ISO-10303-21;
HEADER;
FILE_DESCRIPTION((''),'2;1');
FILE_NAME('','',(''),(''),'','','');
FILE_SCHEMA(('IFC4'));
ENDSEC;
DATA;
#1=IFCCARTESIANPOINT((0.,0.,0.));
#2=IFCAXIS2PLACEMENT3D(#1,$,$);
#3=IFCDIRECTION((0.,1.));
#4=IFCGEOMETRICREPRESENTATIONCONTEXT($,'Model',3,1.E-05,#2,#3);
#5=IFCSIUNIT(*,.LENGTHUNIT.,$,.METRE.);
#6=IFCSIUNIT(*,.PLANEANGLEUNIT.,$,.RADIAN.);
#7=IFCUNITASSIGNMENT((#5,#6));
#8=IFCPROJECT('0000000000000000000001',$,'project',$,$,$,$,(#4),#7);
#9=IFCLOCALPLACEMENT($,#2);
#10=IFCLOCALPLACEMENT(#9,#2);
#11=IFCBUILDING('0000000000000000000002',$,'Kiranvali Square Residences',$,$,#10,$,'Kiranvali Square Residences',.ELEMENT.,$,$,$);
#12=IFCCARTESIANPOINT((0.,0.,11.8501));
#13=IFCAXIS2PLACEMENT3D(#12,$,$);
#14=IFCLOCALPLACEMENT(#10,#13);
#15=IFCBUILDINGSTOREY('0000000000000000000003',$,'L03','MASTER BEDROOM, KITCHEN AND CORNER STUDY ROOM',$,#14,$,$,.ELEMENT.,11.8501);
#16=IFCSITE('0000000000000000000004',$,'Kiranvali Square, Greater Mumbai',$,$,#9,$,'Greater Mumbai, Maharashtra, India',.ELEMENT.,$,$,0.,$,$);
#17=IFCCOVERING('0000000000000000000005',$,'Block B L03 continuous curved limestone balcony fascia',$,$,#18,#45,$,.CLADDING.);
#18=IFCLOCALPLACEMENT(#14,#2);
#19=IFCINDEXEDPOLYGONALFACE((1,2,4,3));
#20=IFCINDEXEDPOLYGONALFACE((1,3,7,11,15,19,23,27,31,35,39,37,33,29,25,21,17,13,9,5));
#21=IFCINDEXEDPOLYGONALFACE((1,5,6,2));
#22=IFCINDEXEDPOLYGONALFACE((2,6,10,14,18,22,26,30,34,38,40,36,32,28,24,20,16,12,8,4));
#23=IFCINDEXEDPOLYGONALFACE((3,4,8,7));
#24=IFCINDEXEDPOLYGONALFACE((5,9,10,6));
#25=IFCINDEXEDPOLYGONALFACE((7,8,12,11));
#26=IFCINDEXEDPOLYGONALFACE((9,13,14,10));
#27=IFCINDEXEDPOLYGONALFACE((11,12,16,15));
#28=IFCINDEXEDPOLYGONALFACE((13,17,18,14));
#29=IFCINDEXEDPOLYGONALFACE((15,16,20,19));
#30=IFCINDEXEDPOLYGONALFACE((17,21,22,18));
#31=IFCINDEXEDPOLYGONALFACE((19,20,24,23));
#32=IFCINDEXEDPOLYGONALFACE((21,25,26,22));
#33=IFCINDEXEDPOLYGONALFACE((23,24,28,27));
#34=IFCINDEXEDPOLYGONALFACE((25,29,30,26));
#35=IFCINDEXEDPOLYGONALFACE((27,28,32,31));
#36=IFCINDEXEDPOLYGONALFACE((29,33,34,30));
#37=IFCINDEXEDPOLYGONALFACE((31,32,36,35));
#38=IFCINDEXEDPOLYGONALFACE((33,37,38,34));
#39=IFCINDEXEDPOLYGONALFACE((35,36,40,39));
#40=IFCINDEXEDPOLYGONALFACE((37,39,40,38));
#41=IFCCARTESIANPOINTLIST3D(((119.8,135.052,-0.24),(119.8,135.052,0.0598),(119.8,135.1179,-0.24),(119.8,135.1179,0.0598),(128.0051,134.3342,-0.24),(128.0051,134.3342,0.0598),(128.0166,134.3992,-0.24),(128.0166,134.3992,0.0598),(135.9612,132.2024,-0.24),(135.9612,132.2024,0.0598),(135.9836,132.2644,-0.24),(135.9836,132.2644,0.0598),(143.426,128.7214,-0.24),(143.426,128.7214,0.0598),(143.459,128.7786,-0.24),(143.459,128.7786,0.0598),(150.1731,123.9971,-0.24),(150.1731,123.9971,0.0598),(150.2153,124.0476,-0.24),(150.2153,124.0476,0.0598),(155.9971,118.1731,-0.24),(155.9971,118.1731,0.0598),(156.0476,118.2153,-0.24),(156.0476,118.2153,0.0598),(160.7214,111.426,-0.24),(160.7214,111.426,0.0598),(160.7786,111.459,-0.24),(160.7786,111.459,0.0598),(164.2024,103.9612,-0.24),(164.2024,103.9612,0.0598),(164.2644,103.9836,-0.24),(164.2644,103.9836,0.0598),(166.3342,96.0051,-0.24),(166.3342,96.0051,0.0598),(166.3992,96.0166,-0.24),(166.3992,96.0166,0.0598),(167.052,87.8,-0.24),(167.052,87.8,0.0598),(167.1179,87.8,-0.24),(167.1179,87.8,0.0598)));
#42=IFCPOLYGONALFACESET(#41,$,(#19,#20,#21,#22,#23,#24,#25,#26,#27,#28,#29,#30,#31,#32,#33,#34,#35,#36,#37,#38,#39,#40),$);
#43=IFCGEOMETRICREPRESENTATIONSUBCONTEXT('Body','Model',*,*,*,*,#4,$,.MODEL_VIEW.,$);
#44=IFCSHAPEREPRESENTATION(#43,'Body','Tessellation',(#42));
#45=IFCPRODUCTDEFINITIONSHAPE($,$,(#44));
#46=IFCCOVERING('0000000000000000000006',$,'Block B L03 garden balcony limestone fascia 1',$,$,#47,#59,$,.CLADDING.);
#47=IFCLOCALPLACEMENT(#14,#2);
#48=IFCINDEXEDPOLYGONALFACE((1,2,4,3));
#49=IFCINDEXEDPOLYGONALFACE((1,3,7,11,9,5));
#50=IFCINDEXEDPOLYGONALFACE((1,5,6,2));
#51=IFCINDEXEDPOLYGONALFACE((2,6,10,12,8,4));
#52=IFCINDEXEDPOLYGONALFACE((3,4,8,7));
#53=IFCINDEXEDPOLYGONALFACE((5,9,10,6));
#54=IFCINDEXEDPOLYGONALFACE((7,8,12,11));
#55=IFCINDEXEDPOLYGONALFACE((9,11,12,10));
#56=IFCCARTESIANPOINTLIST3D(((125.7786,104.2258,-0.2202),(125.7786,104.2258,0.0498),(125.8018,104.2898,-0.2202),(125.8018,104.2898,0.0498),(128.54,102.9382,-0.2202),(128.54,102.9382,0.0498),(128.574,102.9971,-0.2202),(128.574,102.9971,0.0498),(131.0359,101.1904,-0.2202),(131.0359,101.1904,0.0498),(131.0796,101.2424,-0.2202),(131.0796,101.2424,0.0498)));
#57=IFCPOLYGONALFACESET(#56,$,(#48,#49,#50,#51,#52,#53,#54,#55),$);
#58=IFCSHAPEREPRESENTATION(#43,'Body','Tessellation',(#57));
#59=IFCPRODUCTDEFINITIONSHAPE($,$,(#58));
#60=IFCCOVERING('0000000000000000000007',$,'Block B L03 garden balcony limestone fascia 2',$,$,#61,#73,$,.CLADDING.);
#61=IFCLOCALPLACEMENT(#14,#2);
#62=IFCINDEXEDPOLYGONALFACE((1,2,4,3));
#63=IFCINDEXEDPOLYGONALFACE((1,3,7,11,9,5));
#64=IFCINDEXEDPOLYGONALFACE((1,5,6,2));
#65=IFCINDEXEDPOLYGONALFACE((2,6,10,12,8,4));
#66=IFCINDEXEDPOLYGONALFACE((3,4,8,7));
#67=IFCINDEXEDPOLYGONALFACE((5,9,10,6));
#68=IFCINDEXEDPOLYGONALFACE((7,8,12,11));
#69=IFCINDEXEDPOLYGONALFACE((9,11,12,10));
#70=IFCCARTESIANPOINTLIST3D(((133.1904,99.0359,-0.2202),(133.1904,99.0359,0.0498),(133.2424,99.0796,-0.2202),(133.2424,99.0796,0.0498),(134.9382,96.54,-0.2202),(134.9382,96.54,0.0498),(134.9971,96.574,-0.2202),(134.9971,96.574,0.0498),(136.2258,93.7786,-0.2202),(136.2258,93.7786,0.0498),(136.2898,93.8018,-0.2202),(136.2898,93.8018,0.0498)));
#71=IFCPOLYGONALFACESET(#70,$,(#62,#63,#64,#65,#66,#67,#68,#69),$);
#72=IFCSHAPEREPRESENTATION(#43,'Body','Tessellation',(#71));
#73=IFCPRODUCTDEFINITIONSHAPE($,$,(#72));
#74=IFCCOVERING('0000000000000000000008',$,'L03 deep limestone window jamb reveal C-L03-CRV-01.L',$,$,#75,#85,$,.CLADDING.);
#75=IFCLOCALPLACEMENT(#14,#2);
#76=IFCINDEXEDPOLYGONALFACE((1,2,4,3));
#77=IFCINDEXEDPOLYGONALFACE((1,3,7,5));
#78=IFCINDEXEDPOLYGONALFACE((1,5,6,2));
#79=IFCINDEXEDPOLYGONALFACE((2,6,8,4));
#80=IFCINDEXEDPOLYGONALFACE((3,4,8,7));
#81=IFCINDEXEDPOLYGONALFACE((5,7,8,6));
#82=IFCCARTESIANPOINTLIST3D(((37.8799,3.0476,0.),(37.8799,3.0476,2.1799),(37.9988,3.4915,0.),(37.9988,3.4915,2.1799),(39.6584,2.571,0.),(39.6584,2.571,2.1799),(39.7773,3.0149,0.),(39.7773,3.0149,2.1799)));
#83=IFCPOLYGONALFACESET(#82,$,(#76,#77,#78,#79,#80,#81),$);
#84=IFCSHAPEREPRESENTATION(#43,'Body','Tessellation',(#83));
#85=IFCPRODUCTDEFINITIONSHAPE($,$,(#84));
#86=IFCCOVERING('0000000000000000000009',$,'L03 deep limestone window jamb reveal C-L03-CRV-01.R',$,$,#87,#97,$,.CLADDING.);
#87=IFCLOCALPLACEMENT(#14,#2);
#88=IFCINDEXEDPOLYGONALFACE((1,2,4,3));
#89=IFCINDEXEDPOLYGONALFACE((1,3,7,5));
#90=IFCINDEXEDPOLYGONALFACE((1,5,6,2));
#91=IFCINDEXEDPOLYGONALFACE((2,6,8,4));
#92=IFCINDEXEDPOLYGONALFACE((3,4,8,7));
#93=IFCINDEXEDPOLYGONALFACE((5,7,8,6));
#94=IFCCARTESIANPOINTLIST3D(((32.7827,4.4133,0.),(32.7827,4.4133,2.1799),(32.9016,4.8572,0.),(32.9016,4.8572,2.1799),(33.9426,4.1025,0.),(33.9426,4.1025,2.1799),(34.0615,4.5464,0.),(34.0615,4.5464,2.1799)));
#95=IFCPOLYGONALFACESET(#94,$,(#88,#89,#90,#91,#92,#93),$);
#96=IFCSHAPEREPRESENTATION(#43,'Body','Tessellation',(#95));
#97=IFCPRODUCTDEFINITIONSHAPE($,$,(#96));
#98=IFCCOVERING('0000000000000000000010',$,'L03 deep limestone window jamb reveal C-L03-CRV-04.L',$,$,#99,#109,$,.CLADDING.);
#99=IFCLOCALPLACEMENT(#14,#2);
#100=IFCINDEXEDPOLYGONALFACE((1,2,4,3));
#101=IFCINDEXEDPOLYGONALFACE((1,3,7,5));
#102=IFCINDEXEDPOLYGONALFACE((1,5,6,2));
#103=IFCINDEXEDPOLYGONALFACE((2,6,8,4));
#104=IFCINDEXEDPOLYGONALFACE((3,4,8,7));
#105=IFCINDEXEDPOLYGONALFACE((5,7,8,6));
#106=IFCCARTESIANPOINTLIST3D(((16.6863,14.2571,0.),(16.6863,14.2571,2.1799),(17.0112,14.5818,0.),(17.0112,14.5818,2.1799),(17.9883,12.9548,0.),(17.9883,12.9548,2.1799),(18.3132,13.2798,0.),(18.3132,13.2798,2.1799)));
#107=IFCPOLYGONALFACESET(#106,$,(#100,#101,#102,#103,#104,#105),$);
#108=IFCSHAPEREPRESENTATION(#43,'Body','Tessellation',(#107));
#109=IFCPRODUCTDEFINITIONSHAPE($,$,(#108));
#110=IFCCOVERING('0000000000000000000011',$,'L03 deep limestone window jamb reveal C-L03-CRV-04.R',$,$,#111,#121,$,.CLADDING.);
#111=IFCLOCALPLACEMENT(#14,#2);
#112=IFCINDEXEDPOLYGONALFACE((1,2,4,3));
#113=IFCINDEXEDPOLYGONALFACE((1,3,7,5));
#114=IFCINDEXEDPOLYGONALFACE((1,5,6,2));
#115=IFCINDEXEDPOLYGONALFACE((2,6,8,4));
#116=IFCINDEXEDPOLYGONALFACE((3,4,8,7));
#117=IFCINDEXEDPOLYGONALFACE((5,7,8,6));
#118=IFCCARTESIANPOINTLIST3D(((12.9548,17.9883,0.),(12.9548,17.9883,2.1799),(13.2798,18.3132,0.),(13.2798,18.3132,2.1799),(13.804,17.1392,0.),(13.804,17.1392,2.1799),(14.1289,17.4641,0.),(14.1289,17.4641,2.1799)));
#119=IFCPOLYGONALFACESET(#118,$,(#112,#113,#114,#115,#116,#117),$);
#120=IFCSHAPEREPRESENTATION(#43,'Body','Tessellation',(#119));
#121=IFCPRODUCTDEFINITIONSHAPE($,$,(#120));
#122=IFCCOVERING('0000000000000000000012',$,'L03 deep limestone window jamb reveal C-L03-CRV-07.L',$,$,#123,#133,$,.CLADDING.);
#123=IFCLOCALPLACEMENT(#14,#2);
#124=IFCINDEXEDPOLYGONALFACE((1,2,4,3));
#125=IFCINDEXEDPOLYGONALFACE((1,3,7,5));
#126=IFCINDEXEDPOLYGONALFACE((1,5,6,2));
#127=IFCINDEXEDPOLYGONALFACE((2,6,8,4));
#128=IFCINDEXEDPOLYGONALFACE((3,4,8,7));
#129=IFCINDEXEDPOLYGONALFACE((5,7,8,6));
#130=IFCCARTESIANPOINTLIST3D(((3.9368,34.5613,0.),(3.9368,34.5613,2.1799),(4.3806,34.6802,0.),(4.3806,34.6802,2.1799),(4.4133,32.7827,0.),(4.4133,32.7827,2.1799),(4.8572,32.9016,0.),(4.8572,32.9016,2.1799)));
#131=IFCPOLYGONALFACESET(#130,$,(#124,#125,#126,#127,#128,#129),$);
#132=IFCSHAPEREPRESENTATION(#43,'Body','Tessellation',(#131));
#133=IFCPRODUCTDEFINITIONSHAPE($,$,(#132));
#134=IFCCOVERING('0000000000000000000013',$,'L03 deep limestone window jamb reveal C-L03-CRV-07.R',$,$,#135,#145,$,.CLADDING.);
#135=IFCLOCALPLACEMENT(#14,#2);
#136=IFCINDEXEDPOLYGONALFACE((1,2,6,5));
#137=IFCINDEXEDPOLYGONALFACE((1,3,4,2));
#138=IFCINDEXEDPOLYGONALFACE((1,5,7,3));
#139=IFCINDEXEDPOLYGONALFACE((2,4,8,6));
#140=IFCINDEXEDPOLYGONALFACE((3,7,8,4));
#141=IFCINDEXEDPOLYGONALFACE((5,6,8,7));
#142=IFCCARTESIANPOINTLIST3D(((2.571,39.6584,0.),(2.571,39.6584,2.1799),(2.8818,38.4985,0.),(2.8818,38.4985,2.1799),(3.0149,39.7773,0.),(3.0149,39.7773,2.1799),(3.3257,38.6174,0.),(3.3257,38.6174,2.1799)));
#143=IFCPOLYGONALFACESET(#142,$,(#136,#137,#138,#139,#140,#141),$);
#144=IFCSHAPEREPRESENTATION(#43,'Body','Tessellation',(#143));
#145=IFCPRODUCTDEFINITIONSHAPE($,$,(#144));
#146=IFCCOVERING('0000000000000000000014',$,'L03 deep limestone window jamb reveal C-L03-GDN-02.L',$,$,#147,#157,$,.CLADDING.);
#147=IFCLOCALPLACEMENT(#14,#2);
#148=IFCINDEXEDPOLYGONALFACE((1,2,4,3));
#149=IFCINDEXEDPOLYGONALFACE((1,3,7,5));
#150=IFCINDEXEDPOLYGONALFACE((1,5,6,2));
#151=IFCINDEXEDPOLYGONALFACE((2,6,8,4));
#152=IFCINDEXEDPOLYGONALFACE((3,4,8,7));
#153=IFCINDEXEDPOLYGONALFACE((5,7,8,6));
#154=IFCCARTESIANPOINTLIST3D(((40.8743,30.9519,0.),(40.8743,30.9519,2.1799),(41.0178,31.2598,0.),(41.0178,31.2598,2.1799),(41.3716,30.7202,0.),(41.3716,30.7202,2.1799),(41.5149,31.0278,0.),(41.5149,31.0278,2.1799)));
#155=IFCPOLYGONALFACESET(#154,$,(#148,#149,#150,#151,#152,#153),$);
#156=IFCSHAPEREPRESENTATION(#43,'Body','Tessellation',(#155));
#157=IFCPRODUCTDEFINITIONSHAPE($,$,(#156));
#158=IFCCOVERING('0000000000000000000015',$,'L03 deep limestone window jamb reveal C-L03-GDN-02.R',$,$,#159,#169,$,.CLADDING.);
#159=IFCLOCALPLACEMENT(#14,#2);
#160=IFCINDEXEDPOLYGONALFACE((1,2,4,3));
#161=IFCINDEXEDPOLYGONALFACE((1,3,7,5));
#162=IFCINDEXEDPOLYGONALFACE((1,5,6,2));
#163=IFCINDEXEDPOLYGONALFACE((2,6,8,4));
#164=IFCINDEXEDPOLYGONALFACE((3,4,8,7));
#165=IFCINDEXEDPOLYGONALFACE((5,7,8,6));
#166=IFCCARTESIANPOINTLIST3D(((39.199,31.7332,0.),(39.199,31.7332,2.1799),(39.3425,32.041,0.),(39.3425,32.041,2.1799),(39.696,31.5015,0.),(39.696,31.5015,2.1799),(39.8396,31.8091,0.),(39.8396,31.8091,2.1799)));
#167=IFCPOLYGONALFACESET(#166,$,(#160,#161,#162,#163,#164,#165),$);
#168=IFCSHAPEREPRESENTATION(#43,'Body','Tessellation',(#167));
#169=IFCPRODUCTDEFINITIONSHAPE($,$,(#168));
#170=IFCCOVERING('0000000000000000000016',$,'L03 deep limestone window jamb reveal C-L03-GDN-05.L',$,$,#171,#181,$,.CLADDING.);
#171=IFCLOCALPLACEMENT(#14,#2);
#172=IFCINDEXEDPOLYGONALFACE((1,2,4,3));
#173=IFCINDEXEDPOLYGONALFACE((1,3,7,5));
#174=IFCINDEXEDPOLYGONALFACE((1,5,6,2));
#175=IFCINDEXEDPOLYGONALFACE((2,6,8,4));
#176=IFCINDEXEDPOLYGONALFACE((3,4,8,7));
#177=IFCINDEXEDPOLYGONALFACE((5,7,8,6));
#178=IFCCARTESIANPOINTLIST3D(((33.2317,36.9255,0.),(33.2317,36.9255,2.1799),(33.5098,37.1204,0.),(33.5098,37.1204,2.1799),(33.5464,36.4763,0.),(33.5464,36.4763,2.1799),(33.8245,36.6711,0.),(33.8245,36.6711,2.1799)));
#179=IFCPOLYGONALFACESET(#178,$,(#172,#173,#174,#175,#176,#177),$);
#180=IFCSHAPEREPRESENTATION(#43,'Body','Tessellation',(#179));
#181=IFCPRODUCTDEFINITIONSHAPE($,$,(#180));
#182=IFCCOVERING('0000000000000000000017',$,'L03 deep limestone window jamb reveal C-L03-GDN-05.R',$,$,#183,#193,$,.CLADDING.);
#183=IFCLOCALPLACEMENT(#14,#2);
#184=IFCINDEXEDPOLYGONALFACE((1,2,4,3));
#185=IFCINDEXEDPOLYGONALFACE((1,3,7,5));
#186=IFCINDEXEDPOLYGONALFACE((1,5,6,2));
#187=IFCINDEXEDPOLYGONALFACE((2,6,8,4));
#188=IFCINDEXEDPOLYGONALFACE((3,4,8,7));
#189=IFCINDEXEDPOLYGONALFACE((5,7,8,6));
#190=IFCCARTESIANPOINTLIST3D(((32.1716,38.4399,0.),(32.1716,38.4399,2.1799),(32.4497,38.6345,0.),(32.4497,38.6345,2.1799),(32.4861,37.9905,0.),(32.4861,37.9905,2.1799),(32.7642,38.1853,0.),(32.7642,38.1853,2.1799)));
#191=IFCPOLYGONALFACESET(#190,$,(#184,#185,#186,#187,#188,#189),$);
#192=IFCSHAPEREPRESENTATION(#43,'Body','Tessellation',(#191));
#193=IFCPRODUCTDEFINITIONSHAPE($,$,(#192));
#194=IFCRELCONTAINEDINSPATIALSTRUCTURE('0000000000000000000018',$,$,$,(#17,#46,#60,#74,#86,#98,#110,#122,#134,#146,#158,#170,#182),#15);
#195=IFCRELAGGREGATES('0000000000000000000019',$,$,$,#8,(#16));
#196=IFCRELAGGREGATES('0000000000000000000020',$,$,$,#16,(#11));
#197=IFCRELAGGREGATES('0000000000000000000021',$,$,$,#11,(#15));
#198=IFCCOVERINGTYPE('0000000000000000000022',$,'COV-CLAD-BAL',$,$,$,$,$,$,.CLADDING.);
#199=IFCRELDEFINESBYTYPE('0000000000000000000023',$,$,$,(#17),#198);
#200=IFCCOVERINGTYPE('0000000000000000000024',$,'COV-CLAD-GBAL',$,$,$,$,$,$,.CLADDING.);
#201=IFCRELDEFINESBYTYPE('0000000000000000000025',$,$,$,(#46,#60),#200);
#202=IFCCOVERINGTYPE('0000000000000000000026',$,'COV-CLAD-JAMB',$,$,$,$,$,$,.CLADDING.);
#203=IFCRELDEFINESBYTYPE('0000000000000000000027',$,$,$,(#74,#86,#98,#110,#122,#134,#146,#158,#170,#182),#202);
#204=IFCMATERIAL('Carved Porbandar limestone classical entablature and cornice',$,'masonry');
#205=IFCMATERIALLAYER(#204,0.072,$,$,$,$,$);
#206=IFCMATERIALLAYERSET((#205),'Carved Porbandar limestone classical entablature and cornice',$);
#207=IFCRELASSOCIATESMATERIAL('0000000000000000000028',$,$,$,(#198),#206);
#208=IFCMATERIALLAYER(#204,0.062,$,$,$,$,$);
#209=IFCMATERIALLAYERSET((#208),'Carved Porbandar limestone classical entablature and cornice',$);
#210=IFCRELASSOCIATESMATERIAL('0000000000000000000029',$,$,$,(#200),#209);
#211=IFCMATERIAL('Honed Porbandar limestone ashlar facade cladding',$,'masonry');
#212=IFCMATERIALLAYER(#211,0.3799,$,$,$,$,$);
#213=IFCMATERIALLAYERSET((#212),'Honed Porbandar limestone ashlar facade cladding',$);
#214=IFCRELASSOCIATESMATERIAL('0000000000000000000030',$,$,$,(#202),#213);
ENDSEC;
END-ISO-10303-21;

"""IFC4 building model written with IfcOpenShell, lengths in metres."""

from ifc_helpers import new_model, si_unit, direction, frame, origin, place, context, subcontext, project, spatial, polyline, outline, extrude, material, layer, layer_set, type_object, element, save


model = new_model("IFC4")

# Units and contexts
model_context = context("Model", 3, precision=1e-05, world=origin(), true_north=direction((0.0, 1.0)))
body_context = subcontext(model_context, "Body", "Model", "MODEL_VIEW")
ifc_project = project(units=[si_unit("LENGTHUNIT", "METRE"), si_unit("PLANEANGLEUNIT", "RADIAN")], contexts=[model_context])

# Site, building, storey
site_placement = place(None, origin())
site = spatial("IfcSite", under=ifc_project, at=site_placement, Name="Kiranvali Square, Greater Mumbai", LongName="Greater Mumbai, Maharashtra, India", CompositionType="ELEMENT", RefElevation=0.0)
building_placement = place(site_placement, origin())
building = spatial("IfcBuilding", under=site, at=building_placement, Name="Kiranvali Square Residences", LongName="Kiranvali Square Residences", CompositionType="ELEMENT")
storey_placement = place(building_placement, frame((0.0, 0.0, 11.8501)))
storey = spatial("IfcBuildingStorey", under=building, at=storey_placement, Name="L03", Description="MASTER BEDROOM, KITCHEN AND CORNER STUDY ROOM", CompositionType="ELEMENT", Elevation=11.8501)

# Coverings
ifc_material_1 = material(Name="Carved Porbandar limestone classical entablature and cornice", Category="masonry")
ifc_layer_1 = layer(ifc_material_1, 0.072)
ifc_layer_set_1 = layer_set([ifc_layer_1], Name="Carved Porbandar limestone classical entablature and cornice")
covering_type_1 = type_object("IfcCoveringType", Name="COV-CLAD-BAL", PredefinedType="CLADDING", material=ifc_layer_set_1)
covering_1_placement = place(storey_placement, frame((0.0, 0.0, -0.24)))
element("IfcCovering", 1, at=covering_1_placement, inside=storey, type_object=covering_type_1, Name="Block B L03 continuous curved limestone balcony fascia", PredefinedType="CLADDING", context=body_context, shape_type="SweptSolid", body=[
    extrude(outline(polyline([(119.8, 135.052), (128.0051, 134.3342), (135.9612, 132.2024), (143.426, 128.7214), (150.1731, 123.9971), (155.9971, 118.1731), (160.7214, 111.426), (164.2024, 103.9612), (166.3342, 96.0051), (167.052, 87.8), (167.1179, 87.8), (166.3992, 96.0166), (164.2644, 103.9836), (160.7786, 111.459), (156.0476, 118.2153), (150.2153, 124.0476), (143.459, 128.7786), (135.9836, 132.2644), (128.0166, 134.3992), (119.8, 135.1179), (119.8, 135.052)])), origin(), (0.0, 0.0, 1.0), 0.2998),
])
ifc_layer_2 = layer(ifc_material_1, 0.062)
ifc_layer_set_2 = layer_set([ifc_layer_2], Name="Carved Porbandar limestone classical entablature and cornice")
covering_type_2 = type_object("IfcCoveringType", Name="COV-CLAD-GBAL", PredefinedType="CLADDING", material=ifc_layer_set_2)
covering_2_placement = place(storey_placement, frame((0.0, 0.0, -0.2202)))
element("IfcCovering", 2, at=covering_2_placement, inside=storey, type_object=covering_type_2, Name="Block B L03 garden balcony limestone fascia 1", PredefinedType="CLADDING", context=body_context, shape_type="SweptSolid", body=[
    extrude(outline(polyline([(125.7786, 104.2258), (128.54, 102.9382), (131.0359, 101.1904), (131.0796, 101.2424), (128.574, 102.9971), (125.8018, 104.2898), (125.7786, 104.2258)])), origin(), (0.0, 0.0, 1.0), 0.27),
])
covering_3_placement = place(storey_placement, frame((0.0, 0.0, -0.2202)))
element("IfcCovering", 3, at=covering_3_placement, inside=storey, type_object=covering_type_2, Name="Block B L03 garden balcony limestone fascia 2", PredefinedType="CLADDING", context=body_context, shape_type="SweptSolid", body=[
    extrude(outline(polyline([(133.1904, 99.0359), (134.9382, 96.54), (136.2258, 93.7786), (136.2898, 93.8018), (134.9971, 96.574), (133.2424, 99.0796), (133.1904, 99.0359)])), origin(), (0.0, 0.0, 1.0), 0.27),
])
ifc_material_2 = material(Name="Honed Porbandar limestone ashlar facade cladding", Category="masonry")
ifc_layer_3 = layer(ifc_material_2, 0.3799)
ifc_layer_set_3 = layer_set([ifc_layer_3], Name="Honed Porbandar limestone ashlar facade cladding")
covering_type_3 = type_object("IfcCoveringType", Name="COV-CLAD-JAMB", PredefinedType="CLADDING", material=ifc_layer_set_3)
covering_4_placement = place(storey_placement, origin())
element("IfcCovering", 4, at=covering_4_placement, inside=storey, type_object=covering_type_3, Name="L03 deep limestone window jamb reveal C-L03-CRV-01.L", PredefinedType="CLADDING", context=body_context, shape_type="SweptSolid", body=[
    extrude(outline(polyline([(39.7773, 3.0149), (37.9988, 3.4915), (37.8799, 3.0476), (39.6584, 2.571), (39.7773, 3.0149)])), origin(), (0.0, 0.0, 1.0), 2.1799),
])
covering_5_placement = place(storey_placement, origin())
element("IfcCovering", 5, at=covering_5_placement, inside=storey, type_object=covering_type_3, Name="L03 deep limestone window jamb reveal C-L03-CRV-01.R", PredefinedType="CLADDING", context=body_context, shape_type="SweptSolid", body=[
    extrude(outline(polyline([(34.0615, 4.5464), (32.9016, 4.8572), (32.7827, 4.4133), (33.9426, 4.1025), (34.0615, 4.5464)])), origin(), (0.0, 0.0, 1.0), 2.1799),
])
covering_6_placement = place(storey_placement, origin())
element("IfcCovering", 6, at=covering_6_placement, inside=storey, type_object=covering_type_3, Name="L03 deep limestone window jamb reveal C-L03-CRV-04.L", PredefinedType="CLADDING", context=body_context, shape_type="SweptSolid", body=[
    extrude(outline(polyline([(18.3132, 13.2798), (17.0112, 14.5818), (16.6863, 14.2571), (17.9883, 12.9548), (18.3132, 13.2798)])), origin(), (0.0, 0.0, 1.0), 2.1799),
])
covering_7_placement = place(storey_placement, origin())
element("IfcCovering", 7, at=covering_7_placement, inside=storey, type_object=covering_type_3, Name="L03 deep limestone window jamb reveal C-L03-CRV-04.R", PredefinedType="CLADDING", context=body_context, shape_type="SweptSolid", body=[
    extrude(outline(polyline([(14.1289, 17.4641), (13.2798, 18.3132), (12.9548, 17.9883), (13.804, 17.1392), (14.1289, 17.4641)])), origin(), (0.0, 0.0, 1.0), 2.1799),
])
covering_8_placement = place(storey_placement, origin())
element("IfcCovering", 8, at=covering_8_placement, inside=storey, type_object=covering_type_3, Name="L03 deep limestone window jamb reveal C-L03-CRV-07.L", PredefinedType="CLADDING", context=body_context, shape_type="SweptSolid", body=[
    extrude(outline(polyline([(4.8572, 32.9016), (4.3806, 34.6802), (3.9368, 34.5613), (4.4133, 32.7827), (4.8572, 32.9016)])), origin(), (0.0, 0.0, 1.0), 2.1799),
])
covering_9_placement = place(storey_placement, origin())
element("IfcCovering", 9, at=covering_9_placement, inside=storey, type_object=covering_type_3, Name="L03 deep limestone window jamb reveal C-L03-CRV-07.R", PredefinedType="CLADDING", context=body_context, shape_type="SweptSolid", body=[
    extrude(outline(polyline([(3.3257, 38.6174), (3.0149, 39.7773), (2.571, 39.6584), (2.8818, 38.4985), (3.3257, 38.6174)])), origin(), (0.0, 0.0, 1.0), 2.1799),
])
covering_10_placement = place(storey_placement, origin())
element("IfcCovering", 10, at=covering_10_placement, inside=storey, type_object=covering_type_3, Name="L03 deep limestone window jamb reveal C-L03-GDN-02.L", PredefinedType="CLADDING", context=body_context, shape_type="SweptSolid", body=[
    extrude(outline(polyline([(41.5149, 31.0278), (41.0178, 31.2598), (40.8743, 30.9519), (41.3716, 30.7202), (41.5149, 31.0278)])), origin(), (0.0, 0.0, 1.0), 2.1799),
])
covering_11_placement = place(storey_placement, origin())
element("IfcCovering", 11, at=covering_11_placement, inside=storey, type_object=covering_type_3, Name="L03 deep limestone window jamb reveal C-L03-GDN-02.R", PredefinedType="CLADDING", context=body_context, shape_type="SweptSolid", body=[
    extrude(outline(polyline([(39.8396, 31.8091), (39.3425, 32.041), (39.199, 31.7332), (39.696, 31.5015), (39.8396, 31.8091)])), origin(), (0.0, 0.0, 1.0), 2.1799),
])
covering_12_placement = place(storey_placement, origin())
element("IfcCovering", 12, at=covering_12_placement, inside=storey, type_object=covering_type_3, Name="L03 deep limestone window jamb reveal C-L03-GDN-05.L", PredefinedType="CLADDING", context=body_context, shape_type="SweptSolid", body=[
    extrude(outline(polyline([(33.8245, 36.6711), (33.5098, 37.1204), (33.2317, 36.9255), (33.5464, 36.4763), (33.8245, 36.6711)])), origin(), (0.0, 0.0, 1.0), 2.1799),
])
covering_13_placement = place(storey_placement, origin())
element("IfcCovering", 13, at=covering_13_placement, inside=storey, type_object=covering_type_3, Name="L03 deep limestone window jamb reveal C-L03-GDN-05.R", PredefinedType="CLADDING", context=body_context, shape_type="SweptSolid", body=[
    extrude(outline(polyline([(32.7642, 38.1853), (32.4497, 38.6345), (32.1716, 38.4399), (32.4861, 37.9905), (32.7642, 38.1853)])), origin(), (0.0, 0.0, 1.0), 2.1799),
])

save(model, "model.ifc")
